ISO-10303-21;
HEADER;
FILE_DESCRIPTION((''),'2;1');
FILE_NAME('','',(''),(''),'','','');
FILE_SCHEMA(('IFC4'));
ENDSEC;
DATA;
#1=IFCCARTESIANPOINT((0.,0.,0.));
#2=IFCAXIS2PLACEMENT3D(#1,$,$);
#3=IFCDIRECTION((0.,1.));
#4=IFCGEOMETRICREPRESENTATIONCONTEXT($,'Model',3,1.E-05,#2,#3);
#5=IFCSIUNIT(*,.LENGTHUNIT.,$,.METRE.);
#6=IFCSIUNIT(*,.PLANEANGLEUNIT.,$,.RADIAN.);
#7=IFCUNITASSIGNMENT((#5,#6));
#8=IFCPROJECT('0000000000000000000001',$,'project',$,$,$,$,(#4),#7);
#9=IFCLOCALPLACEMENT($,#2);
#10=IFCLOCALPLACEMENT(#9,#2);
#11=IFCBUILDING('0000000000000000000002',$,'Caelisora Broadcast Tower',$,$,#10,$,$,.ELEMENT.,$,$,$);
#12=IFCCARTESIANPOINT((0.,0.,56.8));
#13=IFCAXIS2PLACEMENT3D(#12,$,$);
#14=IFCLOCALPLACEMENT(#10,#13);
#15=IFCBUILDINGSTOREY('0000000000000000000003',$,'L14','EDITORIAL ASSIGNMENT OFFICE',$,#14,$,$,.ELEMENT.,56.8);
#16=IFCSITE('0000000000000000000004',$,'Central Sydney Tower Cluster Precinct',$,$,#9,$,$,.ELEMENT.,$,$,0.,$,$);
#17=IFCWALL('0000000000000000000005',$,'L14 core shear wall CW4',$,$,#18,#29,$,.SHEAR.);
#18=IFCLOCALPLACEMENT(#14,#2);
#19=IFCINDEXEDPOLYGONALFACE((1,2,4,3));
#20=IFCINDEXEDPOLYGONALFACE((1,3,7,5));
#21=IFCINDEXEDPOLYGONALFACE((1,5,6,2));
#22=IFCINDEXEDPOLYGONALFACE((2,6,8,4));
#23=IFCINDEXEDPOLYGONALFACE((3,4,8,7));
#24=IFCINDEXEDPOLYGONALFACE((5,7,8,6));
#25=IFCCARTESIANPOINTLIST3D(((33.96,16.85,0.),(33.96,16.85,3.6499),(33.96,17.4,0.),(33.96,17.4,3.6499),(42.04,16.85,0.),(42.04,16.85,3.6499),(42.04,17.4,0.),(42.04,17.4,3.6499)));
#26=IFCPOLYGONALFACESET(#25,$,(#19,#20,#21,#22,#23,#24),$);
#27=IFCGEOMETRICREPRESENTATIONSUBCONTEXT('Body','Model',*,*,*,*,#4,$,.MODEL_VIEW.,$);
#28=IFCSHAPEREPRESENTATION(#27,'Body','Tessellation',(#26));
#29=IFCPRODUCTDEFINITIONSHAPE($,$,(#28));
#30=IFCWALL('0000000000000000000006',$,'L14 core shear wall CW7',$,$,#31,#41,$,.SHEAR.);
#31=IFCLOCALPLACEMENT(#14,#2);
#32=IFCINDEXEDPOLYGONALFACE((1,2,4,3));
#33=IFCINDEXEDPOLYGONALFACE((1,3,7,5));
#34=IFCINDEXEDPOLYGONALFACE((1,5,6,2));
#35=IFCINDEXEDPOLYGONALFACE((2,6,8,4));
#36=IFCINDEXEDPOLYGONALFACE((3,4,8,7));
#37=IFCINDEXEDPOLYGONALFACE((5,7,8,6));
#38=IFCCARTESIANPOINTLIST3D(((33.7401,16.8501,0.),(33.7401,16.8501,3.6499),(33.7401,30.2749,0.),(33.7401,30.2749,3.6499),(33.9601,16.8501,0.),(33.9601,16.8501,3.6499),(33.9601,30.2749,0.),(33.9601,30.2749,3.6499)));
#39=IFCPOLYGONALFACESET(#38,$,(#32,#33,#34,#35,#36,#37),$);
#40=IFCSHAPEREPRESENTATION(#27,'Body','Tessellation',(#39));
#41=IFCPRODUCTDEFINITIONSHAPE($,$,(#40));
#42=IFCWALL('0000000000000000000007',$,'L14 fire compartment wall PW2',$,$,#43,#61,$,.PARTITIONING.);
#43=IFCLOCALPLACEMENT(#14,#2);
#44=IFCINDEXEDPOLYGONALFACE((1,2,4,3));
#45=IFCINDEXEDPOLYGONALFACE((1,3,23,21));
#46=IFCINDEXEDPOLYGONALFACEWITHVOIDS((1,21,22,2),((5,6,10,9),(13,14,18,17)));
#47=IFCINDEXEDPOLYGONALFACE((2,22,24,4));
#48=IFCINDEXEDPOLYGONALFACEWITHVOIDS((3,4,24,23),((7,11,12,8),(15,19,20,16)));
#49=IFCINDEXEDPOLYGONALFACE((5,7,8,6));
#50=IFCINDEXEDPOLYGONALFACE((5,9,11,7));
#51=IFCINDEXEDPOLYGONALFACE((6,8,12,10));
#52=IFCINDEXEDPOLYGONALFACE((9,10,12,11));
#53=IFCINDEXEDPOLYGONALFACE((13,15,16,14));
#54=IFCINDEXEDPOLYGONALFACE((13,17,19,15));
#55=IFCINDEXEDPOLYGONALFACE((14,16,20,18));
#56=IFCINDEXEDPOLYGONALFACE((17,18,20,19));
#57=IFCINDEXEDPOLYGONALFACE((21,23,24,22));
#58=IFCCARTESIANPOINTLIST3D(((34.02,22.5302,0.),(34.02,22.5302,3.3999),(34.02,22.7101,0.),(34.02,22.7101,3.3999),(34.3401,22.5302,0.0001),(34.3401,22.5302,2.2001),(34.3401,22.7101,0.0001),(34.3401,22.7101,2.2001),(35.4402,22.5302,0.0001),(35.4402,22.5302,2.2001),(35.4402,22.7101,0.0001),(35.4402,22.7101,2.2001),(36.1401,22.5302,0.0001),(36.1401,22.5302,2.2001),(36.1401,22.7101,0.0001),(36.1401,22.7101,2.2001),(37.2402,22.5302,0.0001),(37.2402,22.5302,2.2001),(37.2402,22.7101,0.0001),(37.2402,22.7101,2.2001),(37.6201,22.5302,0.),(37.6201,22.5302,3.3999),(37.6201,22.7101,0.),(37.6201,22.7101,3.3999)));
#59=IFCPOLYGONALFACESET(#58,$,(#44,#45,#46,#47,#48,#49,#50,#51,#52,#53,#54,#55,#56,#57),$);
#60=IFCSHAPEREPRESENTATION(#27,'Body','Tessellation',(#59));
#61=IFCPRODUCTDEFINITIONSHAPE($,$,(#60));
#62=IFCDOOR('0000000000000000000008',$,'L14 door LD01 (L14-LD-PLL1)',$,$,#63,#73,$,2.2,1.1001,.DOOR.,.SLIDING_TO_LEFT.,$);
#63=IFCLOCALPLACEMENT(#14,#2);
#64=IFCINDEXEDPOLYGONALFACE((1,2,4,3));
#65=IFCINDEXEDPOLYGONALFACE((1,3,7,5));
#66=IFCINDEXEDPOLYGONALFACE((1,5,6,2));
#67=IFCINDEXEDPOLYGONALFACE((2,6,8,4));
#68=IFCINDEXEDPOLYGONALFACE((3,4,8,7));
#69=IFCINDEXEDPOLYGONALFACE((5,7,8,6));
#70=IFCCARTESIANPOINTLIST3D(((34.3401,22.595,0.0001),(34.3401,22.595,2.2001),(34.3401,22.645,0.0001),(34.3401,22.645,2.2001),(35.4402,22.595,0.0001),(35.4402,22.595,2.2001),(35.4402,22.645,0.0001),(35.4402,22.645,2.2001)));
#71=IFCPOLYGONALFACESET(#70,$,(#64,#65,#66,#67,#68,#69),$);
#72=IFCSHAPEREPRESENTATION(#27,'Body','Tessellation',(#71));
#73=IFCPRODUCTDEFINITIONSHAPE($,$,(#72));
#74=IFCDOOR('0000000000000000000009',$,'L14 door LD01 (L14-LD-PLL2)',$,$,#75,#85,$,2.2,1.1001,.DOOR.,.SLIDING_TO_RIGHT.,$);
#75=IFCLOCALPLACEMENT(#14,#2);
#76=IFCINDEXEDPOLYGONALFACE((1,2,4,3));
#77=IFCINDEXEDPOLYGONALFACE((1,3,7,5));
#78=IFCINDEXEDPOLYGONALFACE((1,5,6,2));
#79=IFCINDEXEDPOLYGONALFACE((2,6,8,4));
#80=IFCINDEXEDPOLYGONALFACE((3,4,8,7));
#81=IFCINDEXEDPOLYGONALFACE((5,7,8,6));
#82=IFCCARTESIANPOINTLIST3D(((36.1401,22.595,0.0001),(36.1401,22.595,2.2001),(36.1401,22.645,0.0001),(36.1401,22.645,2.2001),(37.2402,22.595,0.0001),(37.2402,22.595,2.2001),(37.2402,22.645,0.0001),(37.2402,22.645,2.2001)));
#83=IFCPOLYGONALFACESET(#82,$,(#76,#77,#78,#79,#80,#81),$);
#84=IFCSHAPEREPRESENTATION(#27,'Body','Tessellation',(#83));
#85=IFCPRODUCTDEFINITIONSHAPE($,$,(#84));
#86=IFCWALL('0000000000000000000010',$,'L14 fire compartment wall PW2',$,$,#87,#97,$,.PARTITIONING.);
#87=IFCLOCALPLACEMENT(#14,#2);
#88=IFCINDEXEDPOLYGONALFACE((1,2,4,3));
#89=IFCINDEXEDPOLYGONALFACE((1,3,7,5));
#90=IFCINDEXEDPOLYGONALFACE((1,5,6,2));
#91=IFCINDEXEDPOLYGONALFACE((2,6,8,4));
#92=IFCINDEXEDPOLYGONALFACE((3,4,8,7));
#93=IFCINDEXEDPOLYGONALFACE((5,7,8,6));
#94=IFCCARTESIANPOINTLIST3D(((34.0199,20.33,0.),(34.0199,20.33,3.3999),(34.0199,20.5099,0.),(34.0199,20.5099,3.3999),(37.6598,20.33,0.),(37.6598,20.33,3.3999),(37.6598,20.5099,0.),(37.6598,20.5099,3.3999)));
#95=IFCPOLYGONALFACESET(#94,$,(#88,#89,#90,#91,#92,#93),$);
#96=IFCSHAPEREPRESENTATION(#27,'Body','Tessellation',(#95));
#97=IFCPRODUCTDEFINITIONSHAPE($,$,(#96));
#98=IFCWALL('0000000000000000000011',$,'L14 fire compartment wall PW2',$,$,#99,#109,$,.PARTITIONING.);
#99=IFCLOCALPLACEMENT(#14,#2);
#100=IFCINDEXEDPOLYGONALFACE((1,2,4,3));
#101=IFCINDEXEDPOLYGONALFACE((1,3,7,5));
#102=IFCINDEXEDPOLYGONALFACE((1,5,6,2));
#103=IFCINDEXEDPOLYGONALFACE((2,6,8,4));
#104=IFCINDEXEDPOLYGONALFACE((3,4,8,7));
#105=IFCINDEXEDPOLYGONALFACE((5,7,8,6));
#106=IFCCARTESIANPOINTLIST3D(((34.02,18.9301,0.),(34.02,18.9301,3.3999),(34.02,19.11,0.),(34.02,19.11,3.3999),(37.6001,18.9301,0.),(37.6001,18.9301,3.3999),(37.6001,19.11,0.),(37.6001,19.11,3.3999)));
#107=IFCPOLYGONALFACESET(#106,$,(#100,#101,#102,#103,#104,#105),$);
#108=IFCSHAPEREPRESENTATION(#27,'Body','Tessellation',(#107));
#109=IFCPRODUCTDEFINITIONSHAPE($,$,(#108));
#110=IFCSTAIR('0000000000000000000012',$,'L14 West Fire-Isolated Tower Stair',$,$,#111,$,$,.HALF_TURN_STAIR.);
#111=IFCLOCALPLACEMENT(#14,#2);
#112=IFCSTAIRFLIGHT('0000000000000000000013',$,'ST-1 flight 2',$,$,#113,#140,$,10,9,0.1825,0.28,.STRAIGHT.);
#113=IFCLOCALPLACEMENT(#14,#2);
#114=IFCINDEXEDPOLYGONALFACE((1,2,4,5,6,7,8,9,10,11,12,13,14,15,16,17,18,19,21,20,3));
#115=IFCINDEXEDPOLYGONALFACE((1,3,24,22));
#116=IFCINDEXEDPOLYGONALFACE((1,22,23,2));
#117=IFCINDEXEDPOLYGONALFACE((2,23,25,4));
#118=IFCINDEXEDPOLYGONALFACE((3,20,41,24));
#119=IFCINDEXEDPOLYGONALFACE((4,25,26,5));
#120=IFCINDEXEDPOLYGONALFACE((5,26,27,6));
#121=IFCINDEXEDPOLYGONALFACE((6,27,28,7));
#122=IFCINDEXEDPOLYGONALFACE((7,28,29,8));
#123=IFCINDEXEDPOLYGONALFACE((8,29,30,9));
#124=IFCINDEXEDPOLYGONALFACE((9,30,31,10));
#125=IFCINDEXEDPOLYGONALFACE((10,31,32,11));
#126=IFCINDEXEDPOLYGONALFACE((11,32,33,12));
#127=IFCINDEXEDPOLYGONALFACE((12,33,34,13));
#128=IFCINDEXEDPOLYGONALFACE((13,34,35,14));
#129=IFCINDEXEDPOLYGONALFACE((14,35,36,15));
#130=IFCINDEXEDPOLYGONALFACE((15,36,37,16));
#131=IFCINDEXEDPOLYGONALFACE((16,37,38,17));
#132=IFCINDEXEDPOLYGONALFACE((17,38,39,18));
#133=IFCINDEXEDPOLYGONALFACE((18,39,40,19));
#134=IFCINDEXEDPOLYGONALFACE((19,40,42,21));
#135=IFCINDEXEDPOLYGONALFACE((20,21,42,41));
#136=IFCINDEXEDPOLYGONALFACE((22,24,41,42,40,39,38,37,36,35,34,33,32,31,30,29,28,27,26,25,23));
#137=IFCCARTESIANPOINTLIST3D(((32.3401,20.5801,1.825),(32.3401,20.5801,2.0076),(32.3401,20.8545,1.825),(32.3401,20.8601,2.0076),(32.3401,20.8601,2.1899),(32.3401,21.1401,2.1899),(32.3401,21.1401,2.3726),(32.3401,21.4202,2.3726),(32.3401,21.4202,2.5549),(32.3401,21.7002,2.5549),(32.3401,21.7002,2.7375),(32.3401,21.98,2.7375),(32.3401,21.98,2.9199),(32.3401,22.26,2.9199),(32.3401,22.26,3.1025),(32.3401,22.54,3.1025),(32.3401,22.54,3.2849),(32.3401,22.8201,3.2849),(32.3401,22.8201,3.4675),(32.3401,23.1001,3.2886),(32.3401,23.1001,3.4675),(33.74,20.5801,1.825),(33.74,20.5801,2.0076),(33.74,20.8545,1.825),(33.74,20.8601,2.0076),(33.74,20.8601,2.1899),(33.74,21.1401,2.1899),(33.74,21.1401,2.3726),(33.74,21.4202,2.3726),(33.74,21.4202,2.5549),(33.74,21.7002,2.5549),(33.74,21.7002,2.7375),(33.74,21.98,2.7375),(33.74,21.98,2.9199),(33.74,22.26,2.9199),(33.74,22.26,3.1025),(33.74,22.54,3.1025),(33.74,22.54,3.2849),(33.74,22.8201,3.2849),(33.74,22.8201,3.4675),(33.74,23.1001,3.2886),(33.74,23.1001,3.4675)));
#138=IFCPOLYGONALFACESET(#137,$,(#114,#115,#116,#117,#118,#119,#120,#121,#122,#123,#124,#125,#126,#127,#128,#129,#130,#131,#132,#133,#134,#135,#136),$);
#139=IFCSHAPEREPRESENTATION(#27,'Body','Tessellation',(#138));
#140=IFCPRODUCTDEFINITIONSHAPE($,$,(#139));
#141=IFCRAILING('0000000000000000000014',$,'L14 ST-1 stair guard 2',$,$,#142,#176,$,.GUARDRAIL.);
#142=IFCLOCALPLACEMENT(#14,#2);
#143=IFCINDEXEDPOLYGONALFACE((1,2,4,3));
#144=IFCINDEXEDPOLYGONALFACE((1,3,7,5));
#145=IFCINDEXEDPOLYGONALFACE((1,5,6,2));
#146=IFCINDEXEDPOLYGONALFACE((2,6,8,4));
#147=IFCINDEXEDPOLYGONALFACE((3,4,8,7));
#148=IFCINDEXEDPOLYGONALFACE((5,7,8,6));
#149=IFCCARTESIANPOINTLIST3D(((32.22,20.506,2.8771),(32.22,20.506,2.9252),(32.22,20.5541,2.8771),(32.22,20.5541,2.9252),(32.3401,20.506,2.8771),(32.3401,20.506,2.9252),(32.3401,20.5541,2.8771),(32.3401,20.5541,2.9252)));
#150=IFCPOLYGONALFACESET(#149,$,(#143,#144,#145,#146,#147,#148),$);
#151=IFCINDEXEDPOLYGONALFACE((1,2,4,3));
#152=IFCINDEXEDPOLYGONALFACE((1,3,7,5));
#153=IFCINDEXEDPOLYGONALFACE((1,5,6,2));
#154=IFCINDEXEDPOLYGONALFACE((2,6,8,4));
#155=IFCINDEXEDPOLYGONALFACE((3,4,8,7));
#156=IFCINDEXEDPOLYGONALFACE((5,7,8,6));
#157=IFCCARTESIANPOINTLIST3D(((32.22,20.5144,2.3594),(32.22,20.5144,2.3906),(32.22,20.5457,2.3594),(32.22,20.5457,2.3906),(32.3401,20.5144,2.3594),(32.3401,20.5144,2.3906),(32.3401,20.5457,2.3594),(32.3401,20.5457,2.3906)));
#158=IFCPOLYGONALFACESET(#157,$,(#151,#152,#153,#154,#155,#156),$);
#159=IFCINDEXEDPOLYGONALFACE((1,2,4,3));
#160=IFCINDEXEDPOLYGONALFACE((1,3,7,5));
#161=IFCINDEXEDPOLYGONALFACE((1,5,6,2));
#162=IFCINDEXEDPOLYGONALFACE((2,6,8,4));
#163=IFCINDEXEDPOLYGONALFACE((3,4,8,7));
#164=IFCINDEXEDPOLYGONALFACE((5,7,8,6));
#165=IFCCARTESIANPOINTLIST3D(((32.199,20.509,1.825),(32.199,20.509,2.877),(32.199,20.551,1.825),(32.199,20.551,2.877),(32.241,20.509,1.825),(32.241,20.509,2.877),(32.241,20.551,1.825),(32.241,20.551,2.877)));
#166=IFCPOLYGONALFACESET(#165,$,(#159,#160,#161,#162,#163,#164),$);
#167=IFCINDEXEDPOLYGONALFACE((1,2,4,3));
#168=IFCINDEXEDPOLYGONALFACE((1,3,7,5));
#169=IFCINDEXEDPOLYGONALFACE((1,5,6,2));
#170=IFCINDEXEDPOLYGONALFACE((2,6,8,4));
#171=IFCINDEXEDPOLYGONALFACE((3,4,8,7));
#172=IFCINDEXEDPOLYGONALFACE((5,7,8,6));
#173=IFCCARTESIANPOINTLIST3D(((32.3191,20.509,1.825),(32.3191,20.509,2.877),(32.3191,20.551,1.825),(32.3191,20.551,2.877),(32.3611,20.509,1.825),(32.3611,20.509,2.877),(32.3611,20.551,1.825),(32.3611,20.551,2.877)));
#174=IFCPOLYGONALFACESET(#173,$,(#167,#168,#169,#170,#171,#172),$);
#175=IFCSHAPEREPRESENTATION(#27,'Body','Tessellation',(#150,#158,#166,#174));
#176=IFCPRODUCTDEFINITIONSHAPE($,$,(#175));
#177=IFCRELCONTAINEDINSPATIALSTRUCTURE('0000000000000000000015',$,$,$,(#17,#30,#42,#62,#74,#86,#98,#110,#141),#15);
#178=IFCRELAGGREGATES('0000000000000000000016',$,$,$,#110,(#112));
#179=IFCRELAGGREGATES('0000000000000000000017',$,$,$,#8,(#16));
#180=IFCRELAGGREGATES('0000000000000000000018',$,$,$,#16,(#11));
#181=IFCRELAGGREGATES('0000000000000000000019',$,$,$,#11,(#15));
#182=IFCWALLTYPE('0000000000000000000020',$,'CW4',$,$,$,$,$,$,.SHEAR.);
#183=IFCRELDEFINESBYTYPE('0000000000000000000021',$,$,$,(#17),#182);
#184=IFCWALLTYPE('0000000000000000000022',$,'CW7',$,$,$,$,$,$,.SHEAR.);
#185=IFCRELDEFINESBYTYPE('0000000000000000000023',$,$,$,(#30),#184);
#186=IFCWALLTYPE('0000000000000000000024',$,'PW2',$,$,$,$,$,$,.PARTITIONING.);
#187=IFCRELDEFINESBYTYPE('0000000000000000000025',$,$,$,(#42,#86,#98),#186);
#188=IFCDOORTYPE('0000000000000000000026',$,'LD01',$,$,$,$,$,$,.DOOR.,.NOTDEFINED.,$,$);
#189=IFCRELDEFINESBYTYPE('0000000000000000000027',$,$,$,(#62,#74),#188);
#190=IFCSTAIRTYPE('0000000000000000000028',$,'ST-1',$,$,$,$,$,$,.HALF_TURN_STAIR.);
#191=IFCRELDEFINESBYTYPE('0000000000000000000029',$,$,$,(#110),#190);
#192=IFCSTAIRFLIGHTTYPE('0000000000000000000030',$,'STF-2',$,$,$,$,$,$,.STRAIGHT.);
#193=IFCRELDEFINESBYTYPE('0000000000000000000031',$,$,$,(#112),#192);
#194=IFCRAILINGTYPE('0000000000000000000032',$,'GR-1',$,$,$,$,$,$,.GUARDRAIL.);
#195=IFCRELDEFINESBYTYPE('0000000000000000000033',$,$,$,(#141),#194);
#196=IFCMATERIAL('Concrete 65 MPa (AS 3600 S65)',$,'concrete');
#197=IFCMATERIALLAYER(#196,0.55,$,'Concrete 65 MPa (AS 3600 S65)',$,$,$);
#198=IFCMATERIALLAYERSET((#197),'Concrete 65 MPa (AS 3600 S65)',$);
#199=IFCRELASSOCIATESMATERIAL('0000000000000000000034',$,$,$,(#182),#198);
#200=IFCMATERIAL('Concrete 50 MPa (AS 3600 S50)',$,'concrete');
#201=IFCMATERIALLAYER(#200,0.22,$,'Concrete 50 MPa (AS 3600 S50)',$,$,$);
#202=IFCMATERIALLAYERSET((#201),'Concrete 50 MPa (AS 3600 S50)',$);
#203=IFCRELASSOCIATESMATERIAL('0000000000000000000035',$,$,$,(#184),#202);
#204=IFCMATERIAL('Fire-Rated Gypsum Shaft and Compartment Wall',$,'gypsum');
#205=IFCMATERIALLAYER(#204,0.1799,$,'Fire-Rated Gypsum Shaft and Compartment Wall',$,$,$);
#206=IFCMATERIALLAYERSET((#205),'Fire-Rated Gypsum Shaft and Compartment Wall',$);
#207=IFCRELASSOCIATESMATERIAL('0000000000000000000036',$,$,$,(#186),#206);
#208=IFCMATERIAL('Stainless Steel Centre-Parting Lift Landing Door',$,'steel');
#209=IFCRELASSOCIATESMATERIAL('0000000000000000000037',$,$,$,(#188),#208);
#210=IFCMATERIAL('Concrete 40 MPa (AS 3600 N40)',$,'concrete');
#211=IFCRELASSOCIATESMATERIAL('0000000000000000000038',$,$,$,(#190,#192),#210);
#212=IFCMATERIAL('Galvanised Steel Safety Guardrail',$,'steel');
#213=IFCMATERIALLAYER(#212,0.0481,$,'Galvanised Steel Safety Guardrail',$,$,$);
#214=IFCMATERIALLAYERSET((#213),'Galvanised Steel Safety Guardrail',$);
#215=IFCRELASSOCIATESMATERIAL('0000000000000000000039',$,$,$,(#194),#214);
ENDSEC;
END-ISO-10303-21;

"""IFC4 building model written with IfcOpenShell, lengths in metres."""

from ifc_helpers import new_model, si_unit, direction, frame, frame_2d, origin, origin_2d, place, context, subcontext, project, spatial, polyline, rectangle, outline, extrude, material, layer, layer_set, type_object, element, fill, aggregate, save


model = new_model("IFC4")

# Units and contexts
model_context = context("Model", 3, precision=1e-05, world=origin(), true_north=direction((0.0, 1.0)))
body_context = subcontext(model_context, "Body", "Model", "MODEL_VIEW")
ifc_project = project(units=[si_unit("LENGTHUNIT", "METRE"), si_unit("PLANEANGLEUNIT", "RADIAN")], contexts=[model_context])

# Site, building, storey
site_placement = place(None, origin())
site = spatial("IfcSite", under=ifc_project, at=site_placement, Name="Central Sydney Tower Cluster Precinct", CompositionType="ELEMENT", RefElevation=0.0)
building_placement = place(site_placement, origin())
building = spatial("IfcBuilding", under=site, at=building_placement, Name="Caelisora Broadcast Tower", CompositionType="ELEMENT")
storey_placement = place(building_placement, frame((0.0, 0.0, 56.8)))
storey = spatial("IfcBuildingStorey", under=building, at=storey_placement, Name="L14", Description="EDITORIAL ASSIGNMENT OFFICE", CompositionType="ELEMENT", Elevation=56.8)

# Shared definitions
ifc_material_1 = material(Name="Concrete 65 MPa (AS 3600 S65)", Category="concrete")

# Walls
ifc_layer_1 = layer(ifc_material_1, 0.55, Name="Concrete 65 MPa (AS 3600 S65)")
ifc_layer_set_1 = layer_set([ifc_layer_1], Name="Concrete 65 MPa (AS 3600 S65)")
wall_type_1 = type_object("IfcWallType", Name="CW4", PredefinedType="SHEAR", material=ifc_layer_set_1)
wall_1_placement = place(storey_placement, frame((33.96, 17.125, 0.0), z_axis=(0.0, 0.0, 1.0), x_axis=(1.0, 0.0, 0.0)))
element("IfcWall", 1, at=wall_1_placement, inside=storey, type_object=wall_type_1, Name="L14 core shear wall CW4", PredefinedType="SHEAR", context=body_context, shape_type="SweptSolid", body=[
    extrude(rectangle(XDim=8.0801, YDim=0.55, at=frame_2d((4.04, 0.0))), origin(), (0.0, 0.0, 1.0), 3.6499),
])
ifc_material_2 = material(Name="Concrete 50 MPa (AS 3600 S50)", Category="concrete")
ifc_layer_2 = layer(ifc_material_2, 0.22, Name="Concrete 50 MPa (AS 3600 S50)")
ifc_layer_set_2 = layer_set([ifc_layer_2], Name="Concrete 50 MPa (AS 3600 S50)")
wall_type_2 = type_object("IfcWallType", Name="CW7", PredefinedType="SHEAR", material=ifc_layer_set_2)
wall_2_placement = place(storey_placement, frame((33.8501, 16.8501, 0.0), z_axis=(0.0, 0.0, 1.0), x_axis=(0.0, 1.0, 0.0)))
element("IfcWall", 2, at=wall_2_placement, inside=storey, type_object=wall_type_2, Name="L14 core shear wall CW7", PredefinedType="SHEAR", context=body_context, shape_type="SweptSolid", body=[
    extrude(rectangle(XDim=13.4248, YDim=0.22, at=frame_2d((6.7124, 0.0))), origin(), (0.0, 0.0, 1.0), 3.6499),
])

# Wall, openings, doors
ifc_material_3 = material(Name="Fire-Rated Gypsum Shaft and Compartment Wall", Category="gypsum")
ifc_layer_3 = layer(ifc_material_3, 0.1799, Name="Fire-Rated Gypsum Shaft and Compartment Wall")
ifc_layer_set_3 = layer_set([ifc_layer_3], Name="Fire-Rated Gypsum Shaft and Compartment Wall")
wall_type_3 = type_object("IfcWallType", Name="PW2", PredefinedType="PARTITIONING", material=ifc_layer_set_3)
wall_3_placement = place(storey_placement, frame((34.02, 22.6201, 0.0), z_axis=(0.0, 0.0, 1.0), x_axis=(1.0, 0.0, 0.0)))
wall_3 = element("IfcWall", 3, at=wall_3_placement, inside=storey, type_object=wall_type_3, Name="L14 fire compartment wall PW2", PredefinedType="PARTITIONING", context=body_context, shape_type="SweptSolid", body=[
    extrude(rectangle(XDim=3.6001, YDim=0.1799, at=frame_2d((1.8, 0.0))), origin(), (0.0, 0.0, 1.0), 3.3999),
])
opening_1_placement = place(wall_3_placement, frame((0.3201, 0.0, 0.0)))
opening_1 = element("IfcOpeningElement", 4, at=opening_1_placement, cuts=wall_3, PredefinedType="OPENING", context=body_context, shape_type="SweptSolid", body=[
    extrude(rectangle(XDim=1.1001, YDim=2.2, at=frame_2d((0.55, 1.1001))), frame((0.0, 0.1021, 0.0), z_axis=(0.0, -1.0, 0.0), x_axis=(1.0, 0.0, 0.0)), (0.0, 0.0, 1.0), 0.2039),
])
opening_2_placement = place(wall_3_placement, frame((2.1201, 0.0, 0.0)))
opening_2 = element("IfcOpeningElement", 5, at=opening_2_placement, cuts=wall_3, PredefinedType="OPENING", context=body_context, shape_type="SweptSolid", body=[
    extrude(rectangle(XDim=1.1001, YDim=2.2, at=frame_2d((0.55, 1.1001))), frame((0.0, 0.1021, 0.0), z_axis=(0.0, -1.0, 0.0), x_axis=(1.0, 0.0, 0.0)), (0.0, 0.0, 1.0), 0.2039),
])
ifc_material_4 = material(Name="Stainless Steel Centre-Parting Lift Landing Door", Category="steel")
door_type_1 = type_object("IfcDoorType", Name="LD01", OperationType="NOTDEFINED", PredefinedType="DOOR", material=ifc_material_4)
door_1_placement = place(opening_1_placement, origin())
door_1 = element("IfcDoor", 6, at=door_1_placement, inside=storey, type_object=door_type_1, Name="L14 door LD01 (L14-LD-PLL1)", OperationType="SLIDING_TO_LEFT", OverallHeight=2.2, OverallWidth=1.1001, PredefinedType="DOOR", context=body_context, shape_type="SweptSolid", body=[
    extrude(rectangle(XDim=1.1001, YDim=2.2, at=frame_2d((0.55, 1.1001))), frame((0.0, 0.0249, 0.0), z_axis=(0.0, -1.0, 0.0), x_axis=(1.0, 0.0, 0.0)), (0.0, 0.0, 1.0), 0.05),
])
fill(opening_1, door_1)
door_2_placement = place(opening_2_placement, origin())
door_2 = element("IfcDoor", 7, at=door_2_placement, inside=storey, type_object=door_type_1, Name="L14 door LD01 (L14-LD-PLL2)", OperationType="SLIDING_TO_RIGHT", OverallHeight=2.2, OverallWidth=1.1001, PredefinedType="DOOR", context=body_context, shape_type="SweptSolid", body=[
    extrude(rectangle(XDim=1.1001, YDim=2.2, at=frame_2d((0.55, 1.1001))), frame((0.0, 0.0249, 0.0), z_axis=(0.0, -1.0, 0.0), x_axis=(1.0, 0.0, 0.0)), (0.0, 0.0, 1.0), 0.05),
])
fill(opening_2, door_2)

# Walls
wall_4_placement = place(storey_placement, frame((34.02, 20.4199, 0.0), z_axis=(0.0, 0.0, 1.0), x_axis=(1.0, 0.0, 0.0)))
element("IfcWall", 8, at=wall_4_placement, inside=storey, type_object=wall_type_3, Name="L14 fire compartment wall PW2", PredefinedType="PARTITIONING", context=body_context, shape_type="SweptSolid", body=[
    extrude(rectangle(XDim=3.6399, YDim=0.1799, at=frame_2d((1.8198, 0.0))), origin(), (0.0, 0.0, 1.0), 3.3999),
])
wall_5_placement = place(storey_placement, frame((34.02, 19.02, 0.0), z_axis=(0.0, 0.0, 1.0), x_axis=(1.0, 0.0, 0.0)))
element("IfcWall", 9, at=wall_5_placement, inside=storey, type_object=wall_type_3, Name="L14 fire compartment wall PW2", PredefinedType="PARTITIONING", context=body_context, shape_type="SweptSolid", body=[
    extrude(rectangle(XDim=3.5801, YDim=0.1799, at=frame_2d((1.79, 0.0))), origin(), (0.0, 0.0, 1.0), 3.3999),
])

# Stair, stair flight
ifc_material_5 = material(Name="Concrete 40 MPa (AS 3600 N40)", Category="concrete")
stair_type = type_object("IfcStairType", Name="ST-1", PredefinedType="HALF_TURN_STAIR", material=ifc_material_5)
stair_placement = place(storey_placement, origin())
stair = element("IfcStair", 10, at=stair_placement, inside=storey, type_object=stair_type, Name="L14 West Fire-Isolated Tower Stair", PredefinedType="HALF_TURN_STAIR")
stair_flight_type = type_object("IfcStairFlightType", Name="STF-2", PredefinedType="STRAIGHT", material=ifc_material_5)
stair_flight_placement = place(storey_placement, frame((33.04, 20.5801, 1.825), z_axis=(0.0, 0.0, 1.0), x_axis=(0.0, 1.0, 0.0)))
stair_flight = element("IfcStairFlight", 11, at=stair_flight_placement, type_object=stair_flight_type, Name="ST-1 flight 2", NumberOfRisers=10, NumberOfTreads=9, PredefinedType="STRAIGHT", RiserHeight=0.1825, TreadLength=0.28, context=body_context, shape_type="SweptSolid", body=[
    extrude(outline(polyline([(0.0, 0.0), (0.0, 0.1826), (0.28, 0.1826), (0.28, 0.365), (0.5601, 0.365), (0.5601, 0.5476), (0.8401, 0.5476), (0.8401, 0.73), (1.1201, 0.73), (1.1201, 0.9126), (1.3999, 0.9126), (1.3999, 1.095), (1.6799, 1.095), (1.6799, 1.2776), (1.96, 1.2776), (1.96, 1.46), (2.24, 1.46), (2.24, 1.6426), (2.52, 1.6426), (2.52, 1.825), (2.52, 1.4636), (0.2744, 0.0), (0.0, 0.0)])), frame((0.0, 0.7, 0.0), z_axis=(0.0, -1.0, 0.0), x_axis=(1.0, 0.0, 0.0)), (0.0, 0.0, 1.0), 1.3999),
])
aggregate(stair, [stair_flight])

# Railing
ifc_material_6 = material(Name="Galvanised Steel Safety Guardrail", Category="steel")
ifc_layer_4 = layer(ifc_material_6, 0.0481, Name="Galvanised Steel Safety Guardrail")
ifc_layer_set_4 = layer_set([ifc_layer_4], Name="Galvanised Steel Safety Guardrail")
railing_type_1 = type_object("IfcRailingType", Name="GR-1", PredefinedType="GUARDRAIL", material=ifc_layer_set_4)
railing_1_placement = place(storey_placement, frame((32.22, 20.53, 1.825)))
element("IfcRailing", 12, at=railing_1_placement, inside=storey, type_object=railing_type_1, Name="L14 ST-1 stair guard 2", PredefinedType="GUARDRAIL", context=body_context, shape_type="SweptSolid", body=[
    extrude(rectangle(XDim=0.0481, YDim=0.0481, at=origin_2d()), frame((0.0, 0.0, 1.0762), z_axis=(1.0, 0.0, 0.0), x_axis=(0.0, 1.0, 0.0)), (0.0, 0.0, 1.0), 0.1201),
    extrude(rectangle(XDim=0.0312, YDim=0.0312, at=origin_2d()), frame((0.0, 0.0, 0.55), z_axis=(1.0, 0.0, 0.0), x_axis=(0.0, 1.0, 0.0)), (0.0, 0.0, 1.0), 0.1201),
    extrude(rectangle(XDim=0.042, YDim=0.042, at=origin_2d()), origin(), (0.0, 0.0, 1.0), 1.052),
    extrude(rectangle(XDim=0.042, YDim=0.042, at=origin_2d()), frame((0.1201, 0.0, 0.0)), (0.0, 0.0, 1.0), 1.052),
])

save(model, "model.ifc")
